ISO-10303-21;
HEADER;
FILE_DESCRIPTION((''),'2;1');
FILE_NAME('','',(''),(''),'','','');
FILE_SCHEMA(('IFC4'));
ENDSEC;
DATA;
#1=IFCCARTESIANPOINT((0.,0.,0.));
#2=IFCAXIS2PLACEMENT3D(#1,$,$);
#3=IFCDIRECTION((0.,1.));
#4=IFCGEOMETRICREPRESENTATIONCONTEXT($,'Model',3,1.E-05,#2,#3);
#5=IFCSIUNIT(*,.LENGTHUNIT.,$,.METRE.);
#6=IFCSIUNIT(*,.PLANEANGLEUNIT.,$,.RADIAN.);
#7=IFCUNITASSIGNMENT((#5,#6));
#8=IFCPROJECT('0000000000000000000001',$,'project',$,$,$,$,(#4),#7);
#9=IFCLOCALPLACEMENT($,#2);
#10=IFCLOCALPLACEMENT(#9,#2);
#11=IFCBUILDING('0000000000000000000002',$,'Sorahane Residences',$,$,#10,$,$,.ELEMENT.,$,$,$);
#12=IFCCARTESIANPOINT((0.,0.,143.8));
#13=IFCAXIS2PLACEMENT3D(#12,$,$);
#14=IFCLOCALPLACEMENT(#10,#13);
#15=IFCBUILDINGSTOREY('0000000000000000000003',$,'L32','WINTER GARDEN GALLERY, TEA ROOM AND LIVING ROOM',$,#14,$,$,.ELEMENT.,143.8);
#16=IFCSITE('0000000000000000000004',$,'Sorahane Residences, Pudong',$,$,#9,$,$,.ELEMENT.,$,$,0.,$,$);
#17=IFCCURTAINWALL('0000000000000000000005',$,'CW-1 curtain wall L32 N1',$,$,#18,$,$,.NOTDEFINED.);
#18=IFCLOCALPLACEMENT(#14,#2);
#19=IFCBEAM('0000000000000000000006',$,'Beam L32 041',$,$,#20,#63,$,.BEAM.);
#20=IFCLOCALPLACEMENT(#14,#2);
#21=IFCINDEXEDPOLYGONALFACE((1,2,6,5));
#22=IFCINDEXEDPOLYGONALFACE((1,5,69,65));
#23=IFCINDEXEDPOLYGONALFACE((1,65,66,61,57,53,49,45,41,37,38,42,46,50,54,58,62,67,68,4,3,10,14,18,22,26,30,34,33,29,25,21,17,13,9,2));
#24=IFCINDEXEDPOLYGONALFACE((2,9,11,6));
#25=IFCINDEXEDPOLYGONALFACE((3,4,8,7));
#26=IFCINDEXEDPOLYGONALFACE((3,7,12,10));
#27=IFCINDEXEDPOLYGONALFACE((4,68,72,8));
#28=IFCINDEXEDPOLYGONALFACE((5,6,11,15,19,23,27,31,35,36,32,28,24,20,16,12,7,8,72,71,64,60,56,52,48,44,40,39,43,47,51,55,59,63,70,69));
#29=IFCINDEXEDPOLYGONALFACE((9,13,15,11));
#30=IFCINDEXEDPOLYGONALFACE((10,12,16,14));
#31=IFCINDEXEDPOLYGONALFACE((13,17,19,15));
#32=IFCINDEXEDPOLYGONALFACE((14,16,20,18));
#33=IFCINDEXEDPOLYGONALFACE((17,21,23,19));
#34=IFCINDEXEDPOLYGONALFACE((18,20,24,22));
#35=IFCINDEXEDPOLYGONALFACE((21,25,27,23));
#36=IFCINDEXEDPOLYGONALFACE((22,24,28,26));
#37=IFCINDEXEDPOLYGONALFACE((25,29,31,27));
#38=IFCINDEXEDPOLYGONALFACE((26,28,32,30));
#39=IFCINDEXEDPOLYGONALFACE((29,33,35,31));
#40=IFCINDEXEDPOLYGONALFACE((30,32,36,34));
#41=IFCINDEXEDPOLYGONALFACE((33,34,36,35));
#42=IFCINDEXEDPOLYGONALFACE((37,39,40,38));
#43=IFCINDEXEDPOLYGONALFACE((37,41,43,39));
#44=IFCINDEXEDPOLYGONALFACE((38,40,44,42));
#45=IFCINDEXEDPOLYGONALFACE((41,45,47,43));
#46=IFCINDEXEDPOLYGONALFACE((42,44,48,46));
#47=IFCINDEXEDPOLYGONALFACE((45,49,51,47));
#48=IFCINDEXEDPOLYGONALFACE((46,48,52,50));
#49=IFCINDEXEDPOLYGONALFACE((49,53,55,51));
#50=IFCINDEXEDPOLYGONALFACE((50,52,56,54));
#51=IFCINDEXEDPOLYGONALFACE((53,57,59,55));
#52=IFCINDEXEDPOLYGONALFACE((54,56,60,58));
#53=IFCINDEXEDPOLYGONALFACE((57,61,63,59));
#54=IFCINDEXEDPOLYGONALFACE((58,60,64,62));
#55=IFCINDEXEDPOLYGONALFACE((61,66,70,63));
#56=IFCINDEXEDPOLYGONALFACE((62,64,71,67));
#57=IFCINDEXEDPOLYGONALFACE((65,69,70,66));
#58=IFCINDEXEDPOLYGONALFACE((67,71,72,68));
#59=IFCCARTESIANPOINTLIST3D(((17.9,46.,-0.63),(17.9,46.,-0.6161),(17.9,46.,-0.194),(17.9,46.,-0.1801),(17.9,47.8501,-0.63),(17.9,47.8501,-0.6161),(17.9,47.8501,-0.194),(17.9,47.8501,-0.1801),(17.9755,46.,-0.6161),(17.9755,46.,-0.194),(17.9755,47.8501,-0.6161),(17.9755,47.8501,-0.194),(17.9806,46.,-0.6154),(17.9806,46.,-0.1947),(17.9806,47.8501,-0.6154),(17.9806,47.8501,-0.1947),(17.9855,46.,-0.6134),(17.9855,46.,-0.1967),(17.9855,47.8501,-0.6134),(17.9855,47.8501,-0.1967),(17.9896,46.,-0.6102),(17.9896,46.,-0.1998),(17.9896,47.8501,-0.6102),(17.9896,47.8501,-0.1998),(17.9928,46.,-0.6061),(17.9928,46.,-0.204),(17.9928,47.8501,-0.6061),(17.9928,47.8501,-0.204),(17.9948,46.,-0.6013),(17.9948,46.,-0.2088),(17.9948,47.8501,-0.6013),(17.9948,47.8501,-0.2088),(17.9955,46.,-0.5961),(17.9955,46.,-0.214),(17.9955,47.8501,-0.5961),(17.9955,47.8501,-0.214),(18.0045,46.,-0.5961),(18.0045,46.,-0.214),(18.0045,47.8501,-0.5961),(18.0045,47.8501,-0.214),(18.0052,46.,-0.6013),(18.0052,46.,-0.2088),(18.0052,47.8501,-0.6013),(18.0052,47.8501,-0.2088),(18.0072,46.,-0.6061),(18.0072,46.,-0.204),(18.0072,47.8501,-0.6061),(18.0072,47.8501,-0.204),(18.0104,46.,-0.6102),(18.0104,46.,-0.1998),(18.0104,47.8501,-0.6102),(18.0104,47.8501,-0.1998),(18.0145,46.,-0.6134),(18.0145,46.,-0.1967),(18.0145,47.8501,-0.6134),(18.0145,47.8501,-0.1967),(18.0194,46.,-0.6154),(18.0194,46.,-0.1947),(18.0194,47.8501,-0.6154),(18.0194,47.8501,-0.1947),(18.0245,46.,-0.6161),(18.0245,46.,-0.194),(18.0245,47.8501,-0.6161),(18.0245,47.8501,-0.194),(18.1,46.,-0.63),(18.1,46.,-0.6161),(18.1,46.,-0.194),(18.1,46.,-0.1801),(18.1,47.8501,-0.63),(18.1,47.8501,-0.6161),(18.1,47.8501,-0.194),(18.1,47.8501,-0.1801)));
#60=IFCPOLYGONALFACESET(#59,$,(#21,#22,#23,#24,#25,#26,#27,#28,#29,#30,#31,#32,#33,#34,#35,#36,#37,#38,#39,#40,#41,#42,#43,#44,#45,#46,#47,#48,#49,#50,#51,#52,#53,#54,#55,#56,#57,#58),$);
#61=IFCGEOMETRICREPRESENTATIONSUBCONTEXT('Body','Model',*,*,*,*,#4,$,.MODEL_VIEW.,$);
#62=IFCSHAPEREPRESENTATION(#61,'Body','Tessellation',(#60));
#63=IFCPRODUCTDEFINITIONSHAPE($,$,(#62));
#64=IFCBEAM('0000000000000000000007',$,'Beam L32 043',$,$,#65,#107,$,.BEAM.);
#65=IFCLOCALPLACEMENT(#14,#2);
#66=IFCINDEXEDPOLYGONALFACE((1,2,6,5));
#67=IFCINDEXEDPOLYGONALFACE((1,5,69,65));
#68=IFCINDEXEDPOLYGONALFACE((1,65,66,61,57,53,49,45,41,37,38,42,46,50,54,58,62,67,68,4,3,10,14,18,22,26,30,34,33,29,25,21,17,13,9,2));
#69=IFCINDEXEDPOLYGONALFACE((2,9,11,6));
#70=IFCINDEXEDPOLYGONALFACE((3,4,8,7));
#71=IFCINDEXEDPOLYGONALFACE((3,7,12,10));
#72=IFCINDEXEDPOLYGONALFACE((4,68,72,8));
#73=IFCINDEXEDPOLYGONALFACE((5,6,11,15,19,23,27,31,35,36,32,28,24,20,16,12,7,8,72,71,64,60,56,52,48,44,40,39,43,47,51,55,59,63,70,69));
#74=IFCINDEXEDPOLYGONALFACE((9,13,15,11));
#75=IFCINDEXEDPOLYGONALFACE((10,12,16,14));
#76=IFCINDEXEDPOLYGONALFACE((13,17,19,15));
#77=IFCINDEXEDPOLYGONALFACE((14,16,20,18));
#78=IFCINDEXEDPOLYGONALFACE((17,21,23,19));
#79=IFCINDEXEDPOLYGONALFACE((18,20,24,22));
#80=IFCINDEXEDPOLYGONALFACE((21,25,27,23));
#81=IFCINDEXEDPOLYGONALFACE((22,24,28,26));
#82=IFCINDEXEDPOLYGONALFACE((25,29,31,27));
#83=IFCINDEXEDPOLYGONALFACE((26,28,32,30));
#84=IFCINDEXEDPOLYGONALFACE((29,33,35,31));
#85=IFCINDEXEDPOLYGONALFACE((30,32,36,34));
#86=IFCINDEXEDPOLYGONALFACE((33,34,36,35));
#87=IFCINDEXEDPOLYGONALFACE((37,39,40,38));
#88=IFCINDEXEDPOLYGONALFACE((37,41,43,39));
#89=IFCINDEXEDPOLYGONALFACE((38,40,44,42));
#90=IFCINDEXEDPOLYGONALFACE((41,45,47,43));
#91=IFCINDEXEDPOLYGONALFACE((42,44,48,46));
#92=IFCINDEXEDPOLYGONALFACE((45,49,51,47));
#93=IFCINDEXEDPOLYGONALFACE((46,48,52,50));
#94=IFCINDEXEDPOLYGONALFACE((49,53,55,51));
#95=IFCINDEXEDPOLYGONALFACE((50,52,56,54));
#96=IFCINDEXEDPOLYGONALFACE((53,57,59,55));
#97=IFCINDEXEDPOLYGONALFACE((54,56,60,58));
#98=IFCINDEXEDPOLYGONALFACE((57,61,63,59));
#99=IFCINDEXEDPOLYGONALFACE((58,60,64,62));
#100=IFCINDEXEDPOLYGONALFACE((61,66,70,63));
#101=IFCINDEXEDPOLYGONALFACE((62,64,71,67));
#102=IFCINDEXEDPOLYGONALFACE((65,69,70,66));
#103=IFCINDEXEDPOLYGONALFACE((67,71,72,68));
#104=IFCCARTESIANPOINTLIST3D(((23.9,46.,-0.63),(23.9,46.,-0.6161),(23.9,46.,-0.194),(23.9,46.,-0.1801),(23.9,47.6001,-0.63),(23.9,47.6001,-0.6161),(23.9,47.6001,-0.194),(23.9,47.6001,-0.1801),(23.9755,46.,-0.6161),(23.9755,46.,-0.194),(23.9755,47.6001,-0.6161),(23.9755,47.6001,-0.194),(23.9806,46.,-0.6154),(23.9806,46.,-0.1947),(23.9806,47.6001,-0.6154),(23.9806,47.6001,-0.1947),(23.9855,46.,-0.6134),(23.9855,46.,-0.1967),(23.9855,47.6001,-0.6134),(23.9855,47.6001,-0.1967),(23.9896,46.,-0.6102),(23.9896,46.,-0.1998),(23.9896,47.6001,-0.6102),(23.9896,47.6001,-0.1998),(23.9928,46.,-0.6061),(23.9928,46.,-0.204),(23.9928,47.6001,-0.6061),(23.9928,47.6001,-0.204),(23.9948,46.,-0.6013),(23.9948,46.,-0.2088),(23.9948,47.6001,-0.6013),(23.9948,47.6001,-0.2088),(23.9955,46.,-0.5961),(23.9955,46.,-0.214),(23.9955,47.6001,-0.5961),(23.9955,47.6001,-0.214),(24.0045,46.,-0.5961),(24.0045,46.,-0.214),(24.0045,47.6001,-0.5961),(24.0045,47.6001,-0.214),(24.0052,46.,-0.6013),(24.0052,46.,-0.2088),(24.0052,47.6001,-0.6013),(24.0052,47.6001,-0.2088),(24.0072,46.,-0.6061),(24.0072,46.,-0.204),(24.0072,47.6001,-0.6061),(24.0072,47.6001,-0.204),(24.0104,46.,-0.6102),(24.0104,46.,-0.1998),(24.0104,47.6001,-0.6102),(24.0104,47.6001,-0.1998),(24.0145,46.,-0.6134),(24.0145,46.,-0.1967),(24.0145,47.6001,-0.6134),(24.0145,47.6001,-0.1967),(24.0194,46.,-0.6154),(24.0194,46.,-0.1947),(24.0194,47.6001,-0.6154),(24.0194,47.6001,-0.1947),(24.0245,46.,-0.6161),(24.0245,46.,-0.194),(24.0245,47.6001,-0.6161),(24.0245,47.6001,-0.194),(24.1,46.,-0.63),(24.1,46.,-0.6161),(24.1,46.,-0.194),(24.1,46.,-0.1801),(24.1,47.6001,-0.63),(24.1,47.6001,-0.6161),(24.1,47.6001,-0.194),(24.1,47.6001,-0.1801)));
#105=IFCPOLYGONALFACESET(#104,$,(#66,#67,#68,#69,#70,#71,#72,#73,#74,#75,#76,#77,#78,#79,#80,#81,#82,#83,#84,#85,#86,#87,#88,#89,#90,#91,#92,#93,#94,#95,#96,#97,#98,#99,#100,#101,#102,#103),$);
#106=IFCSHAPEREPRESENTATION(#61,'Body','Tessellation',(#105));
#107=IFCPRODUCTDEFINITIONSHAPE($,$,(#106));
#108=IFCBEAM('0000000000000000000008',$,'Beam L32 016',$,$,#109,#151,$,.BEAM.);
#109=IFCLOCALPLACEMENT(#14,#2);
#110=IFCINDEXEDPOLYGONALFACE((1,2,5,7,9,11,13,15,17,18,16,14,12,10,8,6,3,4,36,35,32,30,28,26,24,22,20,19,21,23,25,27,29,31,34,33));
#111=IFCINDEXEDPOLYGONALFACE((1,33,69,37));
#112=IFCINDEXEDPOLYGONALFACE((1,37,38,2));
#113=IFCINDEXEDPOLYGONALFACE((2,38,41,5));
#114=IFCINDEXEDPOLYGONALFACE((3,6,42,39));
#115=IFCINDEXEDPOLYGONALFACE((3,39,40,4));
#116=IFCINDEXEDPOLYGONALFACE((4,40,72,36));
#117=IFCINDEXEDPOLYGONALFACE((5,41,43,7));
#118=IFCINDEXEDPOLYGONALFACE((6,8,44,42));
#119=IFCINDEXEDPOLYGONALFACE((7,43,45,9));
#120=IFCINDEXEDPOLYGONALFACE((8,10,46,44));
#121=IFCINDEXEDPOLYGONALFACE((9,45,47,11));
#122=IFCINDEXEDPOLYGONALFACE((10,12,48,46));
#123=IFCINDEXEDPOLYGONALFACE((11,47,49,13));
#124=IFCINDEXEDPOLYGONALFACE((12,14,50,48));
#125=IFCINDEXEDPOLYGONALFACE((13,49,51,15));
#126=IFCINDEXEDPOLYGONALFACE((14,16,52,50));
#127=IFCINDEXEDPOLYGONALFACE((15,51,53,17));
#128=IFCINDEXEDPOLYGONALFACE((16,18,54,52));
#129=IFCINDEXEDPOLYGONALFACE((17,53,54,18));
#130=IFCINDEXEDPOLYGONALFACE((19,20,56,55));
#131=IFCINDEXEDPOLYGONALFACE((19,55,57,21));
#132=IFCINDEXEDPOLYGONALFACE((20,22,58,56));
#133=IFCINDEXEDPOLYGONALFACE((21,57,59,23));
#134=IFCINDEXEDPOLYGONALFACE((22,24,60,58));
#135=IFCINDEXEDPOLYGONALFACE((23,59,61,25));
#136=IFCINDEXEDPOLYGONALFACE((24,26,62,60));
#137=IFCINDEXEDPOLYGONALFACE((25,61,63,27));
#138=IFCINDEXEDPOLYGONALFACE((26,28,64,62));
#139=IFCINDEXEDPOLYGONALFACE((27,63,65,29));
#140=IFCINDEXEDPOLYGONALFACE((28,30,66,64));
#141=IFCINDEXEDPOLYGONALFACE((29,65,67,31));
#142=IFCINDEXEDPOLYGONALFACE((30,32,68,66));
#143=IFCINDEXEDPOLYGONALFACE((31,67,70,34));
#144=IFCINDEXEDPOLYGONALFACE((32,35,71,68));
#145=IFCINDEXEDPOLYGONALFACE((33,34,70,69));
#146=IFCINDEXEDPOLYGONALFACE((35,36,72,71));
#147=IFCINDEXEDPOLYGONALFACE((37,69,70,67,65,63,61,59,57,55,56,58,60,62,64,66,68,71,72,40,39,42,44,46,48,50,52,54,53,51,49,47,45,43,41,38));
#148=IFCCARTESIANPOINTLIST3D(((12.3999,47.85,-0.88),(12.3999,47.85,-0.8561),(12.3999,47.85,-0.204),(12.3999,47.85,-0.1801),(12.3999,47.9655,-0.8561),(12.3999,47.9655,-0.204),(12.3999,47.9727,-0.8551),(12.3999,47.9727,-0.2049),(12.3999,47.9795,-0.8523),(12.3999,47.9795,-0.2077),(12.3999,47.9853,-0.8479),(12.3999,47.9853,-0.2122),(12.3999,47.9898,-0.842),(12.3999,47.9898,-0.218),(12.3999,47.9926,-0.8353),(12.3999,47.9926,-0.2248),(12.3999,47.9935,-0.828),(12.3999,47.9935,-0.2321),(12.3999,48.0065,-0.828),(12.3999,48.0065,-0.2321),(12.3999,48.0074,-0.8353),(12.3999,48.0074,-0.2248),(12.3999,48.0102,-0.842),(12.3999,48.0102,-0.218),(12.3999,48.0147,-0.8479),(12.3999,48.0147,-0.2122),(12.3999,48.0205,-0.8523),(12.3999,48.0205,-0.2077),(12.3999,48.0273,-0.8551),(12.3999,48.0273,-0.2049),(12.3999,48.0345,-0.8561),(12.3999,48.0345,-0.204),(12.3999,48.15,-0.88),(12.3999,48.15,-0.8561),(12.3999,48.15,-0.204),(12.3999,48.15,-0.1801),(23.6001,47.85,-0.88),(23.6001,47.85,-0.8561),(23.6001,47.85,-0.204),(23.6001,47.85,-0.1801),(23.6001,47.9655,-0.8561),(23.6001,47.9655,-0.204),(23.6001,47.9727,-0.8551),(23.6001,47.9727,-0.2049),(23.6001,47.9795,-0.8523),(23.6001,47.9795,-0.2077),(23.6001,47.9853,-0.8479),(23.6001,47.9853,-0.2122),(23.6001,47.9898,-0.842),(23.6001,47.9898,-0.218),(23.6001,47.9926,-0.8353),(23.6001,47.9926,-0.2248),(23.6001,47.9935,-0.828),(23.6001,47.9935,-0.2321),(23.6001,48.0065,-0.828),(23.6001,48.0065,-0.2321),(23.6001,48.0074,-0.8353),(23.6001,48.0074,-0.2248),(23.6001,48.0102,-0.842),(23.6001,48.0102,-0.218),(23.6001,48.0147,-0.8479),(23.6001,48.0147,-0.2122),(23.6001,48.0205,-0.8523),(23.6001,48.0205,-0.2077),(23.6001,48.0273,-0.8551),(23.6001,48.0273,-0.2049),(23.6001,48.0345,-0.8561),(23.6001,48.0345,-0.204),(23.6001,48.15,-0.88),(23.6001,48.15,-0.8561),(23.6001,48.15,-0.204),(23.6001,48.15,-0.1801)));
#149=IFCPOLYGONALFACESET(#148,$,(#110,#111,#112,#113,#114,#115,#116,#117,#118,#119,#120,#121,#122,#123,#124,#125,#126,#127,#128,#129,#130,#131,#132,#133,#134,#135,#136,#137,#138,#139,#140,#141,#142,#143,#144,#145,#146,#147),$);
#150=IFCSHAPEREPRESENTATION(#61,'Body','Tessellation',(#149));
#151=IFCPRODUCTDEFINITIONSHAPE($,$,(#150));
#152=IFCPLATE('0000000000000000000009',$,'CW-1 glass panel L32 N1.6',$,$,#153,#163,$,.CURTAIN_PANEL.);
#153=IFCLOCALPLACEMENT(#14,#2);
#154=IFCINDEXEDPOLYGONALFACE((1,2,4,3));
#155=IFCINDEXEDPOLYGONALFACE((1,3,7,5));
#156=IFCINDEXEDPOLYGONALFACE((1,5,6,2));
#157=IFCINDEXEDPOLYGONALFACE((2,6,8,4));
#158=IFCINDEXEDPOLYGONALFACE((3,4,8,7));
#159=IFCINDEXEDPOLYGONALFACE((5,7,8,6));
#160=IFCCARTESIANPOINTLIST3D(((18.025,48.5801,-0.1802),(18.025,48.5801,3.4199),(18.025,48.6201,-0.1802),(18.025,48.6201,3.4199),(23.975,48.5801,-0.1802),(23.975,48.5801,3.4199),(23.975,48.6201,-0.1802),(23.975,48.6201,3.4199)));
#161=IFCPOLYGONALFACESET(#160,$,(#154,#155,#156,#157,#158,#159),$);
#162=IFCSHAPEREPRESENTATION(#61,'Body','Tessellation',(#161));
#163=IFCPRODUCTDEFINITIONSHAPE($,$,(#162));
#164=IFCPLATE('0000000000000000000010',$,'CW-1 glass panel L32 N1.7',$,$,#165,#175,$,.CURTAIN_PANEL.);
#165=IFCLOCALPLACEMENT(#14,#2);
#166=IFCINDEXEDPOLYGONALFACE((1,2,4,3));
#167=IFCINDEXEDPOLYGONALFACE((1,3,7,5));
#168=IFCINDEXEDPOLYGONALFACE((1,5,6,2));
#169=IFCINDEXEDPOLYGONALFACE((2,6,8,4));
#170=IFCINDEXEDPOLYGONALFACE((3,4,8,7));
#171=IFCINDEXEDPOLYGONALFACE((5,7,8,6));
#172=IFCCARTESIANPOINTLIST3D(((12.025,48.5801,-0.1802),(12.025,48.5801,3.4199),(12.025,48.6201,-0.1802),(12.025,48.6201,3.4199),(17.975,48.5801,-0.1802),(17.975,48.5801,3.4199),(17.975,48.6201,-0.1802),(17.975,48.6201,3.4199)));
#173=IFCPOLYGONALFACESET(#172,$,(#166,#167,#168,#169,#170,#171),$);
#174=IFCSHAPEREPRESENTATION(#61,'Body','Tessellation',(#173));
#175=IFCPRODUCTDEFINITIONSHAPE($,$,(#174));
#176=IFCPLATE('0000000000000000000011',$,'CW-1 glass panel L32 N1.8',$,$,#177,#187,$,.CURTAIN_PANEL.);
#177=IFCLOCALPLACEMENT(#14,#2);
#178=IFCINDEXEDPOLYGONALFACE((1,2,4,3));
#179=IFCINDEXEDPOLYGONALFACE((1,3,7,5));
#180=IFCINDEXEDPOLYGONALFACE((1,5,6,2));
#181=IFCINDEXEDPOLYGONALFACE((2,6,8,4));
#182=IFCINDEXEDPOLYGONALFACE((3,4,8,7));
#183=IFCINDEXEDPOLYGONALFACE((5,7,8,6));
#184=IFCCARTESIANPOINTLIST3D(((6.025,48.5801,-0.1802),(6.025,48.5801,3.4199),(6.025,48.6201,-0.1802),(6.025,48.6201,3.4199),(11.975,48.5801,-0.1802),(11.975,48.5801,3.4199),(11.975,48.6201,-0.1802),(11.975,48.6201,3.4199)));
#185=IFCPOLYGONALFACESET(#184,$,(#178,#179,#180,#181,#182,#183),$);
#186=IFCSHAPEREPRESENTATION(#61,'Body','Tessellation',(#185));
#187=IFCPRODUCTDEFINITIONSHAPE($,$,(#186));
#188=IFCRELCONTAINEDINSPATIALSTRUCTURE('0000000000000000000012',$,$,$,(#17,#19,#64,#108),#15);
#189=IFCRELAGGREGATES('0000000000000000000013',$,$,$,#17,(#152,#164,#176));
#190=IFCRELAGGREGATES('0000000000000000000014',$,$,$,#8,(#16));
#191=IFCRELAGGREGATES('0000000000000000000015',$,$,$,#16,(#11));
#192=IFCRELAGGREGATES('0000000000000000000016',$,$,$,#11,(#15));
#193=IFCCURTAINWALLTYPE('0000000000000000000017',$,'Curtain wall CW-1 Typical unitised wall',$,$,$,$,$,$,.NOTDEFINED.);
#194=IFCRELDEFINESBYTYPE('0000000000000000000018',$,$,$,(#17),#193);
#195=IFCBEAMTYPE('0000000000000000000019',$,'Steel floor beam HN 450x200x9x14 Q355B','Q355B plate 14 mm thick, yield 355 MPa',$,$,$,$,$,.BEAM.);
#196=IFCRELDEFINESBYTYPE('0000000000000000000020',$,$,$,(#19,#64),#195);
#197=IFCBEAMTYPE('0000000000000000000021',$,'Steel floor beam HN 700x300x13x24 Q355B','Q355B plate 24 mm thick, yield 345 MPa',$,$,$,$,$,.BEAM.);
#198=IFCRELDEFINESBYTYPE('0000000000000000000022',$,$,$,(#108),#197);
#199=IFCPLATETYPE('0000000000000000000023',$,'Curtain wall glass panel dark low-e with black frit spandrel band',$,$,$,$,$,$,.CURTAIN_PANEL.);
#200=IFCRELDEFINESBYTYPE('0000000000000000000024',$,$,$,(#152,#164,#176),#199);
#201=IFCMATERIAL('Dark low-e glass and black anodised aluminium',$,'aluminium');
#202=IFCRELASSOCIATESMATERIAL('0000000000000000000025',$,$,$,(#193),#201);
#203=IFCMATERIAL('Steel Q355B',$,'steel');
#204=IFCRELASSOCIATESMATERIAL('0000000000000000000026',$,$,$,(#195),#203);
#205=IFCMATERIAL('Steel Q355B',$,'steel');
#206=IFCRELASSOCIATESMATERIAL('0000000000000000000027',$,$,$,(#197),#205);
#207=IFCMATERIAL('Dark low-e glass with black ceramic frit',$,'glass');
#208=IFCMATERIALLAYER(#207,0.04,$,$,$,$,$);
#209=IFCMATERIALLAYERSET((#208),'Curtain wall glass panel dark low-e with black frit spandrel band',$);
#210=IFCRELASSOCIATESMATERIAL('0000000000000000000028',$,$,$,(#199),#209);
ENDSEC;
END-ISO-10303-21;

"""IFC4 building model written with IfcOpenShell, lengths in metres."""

from ifc_helpers import new_model, si_unit, direction, frame, origin, origin_2d, place, context, subcontext, project, spatial, rectangle, i_section, extrude, material, layer, layer_set, material_profile, profile_set, type_object, element, aggregate, save


model = new_model("IFC4")

# Units and contexts
model_context = context("Model", 3, precision=1e-05, world=origin(), true_north=direction((0.0, 1.0)))
body_context = subcontext(model_context, "Body", "Model", "MODEL_VIEW")
ifc_project = project(units=[si_unit("LENGTHUNIT", "METRE"), si_unit("PLANEANGLEUNIT", "RADIAN")], contexts=[model_context])

# Site, building, storey
site_placement = place(None, origin())
site = spatial("IfcSite", under=ifc_project, at=site_placement, Name="Sorahane Residences, Pudong", CompositionType="ELEMENT", RefElevation=0.0)
building_placement = place(site_placement, origin())
building = spatial("IfcBuilding", under=site, at=building_placement, Name="Sorahane Residences", CompositionType="ELEMENT")
storey_placement = place(building_placement, frame((0.0, 0.0, 143.8)))
storey = spatial("IfcBuildingStorey", under=building, at=storey_placement, Name="L32", Description="WINTER GARDEN GALLERY, TEA ROOM AND LIVING ROOM", CompositionType="ELEMENT", Elevation=143.8)

# Curtain wall
ifc_material_1 = material(Name="Dark low-e glass and black anodised aluminium", Category="aluminium")
curtain_wall_type = type_object("IfcCurtainWallType", Name="Curtain wall CW-1 Typical unitised wall", PredefinedType="NOTDEFINED", material=ifc_material_1)
curtain_wall_placement = place(storey_placement, origin())
curtain_wall = element("IfcCurtainWall", 1, at=curtain_wall_placement, inside=storey, type_object=curtain_wall_type, Name="CW-1 curtain wall L32 N1", PredefinedType="NOTDEFINED")

# Beams
ifc_material_2 = material(Name="Steel Q355B", Category="steel")
ifc_material_profile_1 = material_profile(ifc_material_2, i_section(OverallWidth=0.2, OverallDepth=0.45, WebThickness=0.009, FlangeThickness=0.0139, FilletRadius=0.02, at=origin_2d()), Name="HN 450x200x9x14")
ifc_profile_set_1 = profile_set([ifc_material_profile_1], Name="Steel Q355B")
beam_type_1 = type_object("IfcBeamType", Name="Steel floor beam HN 450x200x9x14 Q355B", Description="Q355B plate 14 mm thick, yield 355 MPa", PredefinedType="BEAM", material=ifc_profile_set_1)
beam_1_placement = place(storey_placement, frame((18.0, 46.0, -0.405), z_axis=(0.0, 1.0, 0.0), x_axis=(-1.0, 0.0, 0.0)))
element("IfcBeam", 2, at=beam_1_placement, inside=storey, type_object=beam_type_1, Name="Beam L32 041", PredefinedType="BEAM", context=body_context, shape_type="SweptSolid", body=[
    extrude(i_section(OverallWidth=0.2, OverallDepth=0.45, WebThickness=0.009, FlangeThickness=0.0139, FilletRadius=0.02, at=origin_2d()), origin(), (0.0, 0.0, 1.0), 1.8501),
])
beam_2_placement = place(storey_placement, frame((24.0, 46.0, -0.405), z_axis=(0.0, 1.0, 0.0), x_axis=(-1.0, 0.0, 0.0)))
element("IfcBeam", 3, at=beam_2_placement, inside=storey, type_object=beam_type_1, Name="Beam L32 043", PredefinedType="BEAM", context=body_context, shape_type="SweptSolid", body=[
    extrude(i_section(OverallWidth=0.2, OverallDepth=0.45, WebThickness=0.009, FlangeThickness=0.0139, FilletRadius=0.02, at=origin_2d()), origin(), (0.0, 0.0, 1.0), 1.6001),
])
ifc_material_3 = material(Name="Steel Q355B", Category="steel")
ifc_material_profile_2 = material_profile(ifc_material_3, i_section(OverallWidth=0.3, OverallDepth=0.7, WebThickness=0.0129, FlangeThickness=0.0239, FilletRadius=0.0281, at=origin_2d()), Name="HN 700x300x13x24")
ifc_profile_set_2 = profile_set([ifc_material_profile_2], Name="Steel Q355B")
beam_type_2 = type_object("IfcBeamType", Name="Steel floor beam HN 700x300x13x24 Q355B", Description="Q355B plate 24 mm thick, yield 345 MPa", PredefinedType="BEAM", material=ifc_profile_set_2)
beam_3_placement = place(storey_placement, frame((12.3999, 48.0, -0.53), z_axis=(1.0, 0.0, 0.0), x_axis=(0.0, 1.0, 0.0)))
element("IfcBeam", 4, at=beam_3_placement, inside=storey, type_object=beam_type_2, Name="Beam L32 016", PredefinedType="BEAM", context=body_context, shape_type="SweptSolid", body=[
    extrude(i_section(OverallWidth=0.3, OverallDepth=0.7, WebThickness=0.0129, FlangeThickness=0.0239, FilletRadius=0.0281, at=origin_2d()), origin(), (0.0, 0.0, 1.0), 11.2002),
])

# Plates
ifc_material_4 = material(Name="Dark low-e glass with black ceramic frit", Category="glass")
ifc_layer_1 = layer(ifc_material_4, 0.04)
ifc_layer_set_1 = layer_set([ifc_layer_1], Name="Curtain wall glass panel dark low-e with black frit spandrel band")
plate_type = type_object("IfcPlateType", Name="Curtain wall glass panel dark low-e with black frit spandrel band", PredefinedType="CURTAIN_PANEL", material=ifc_layer_set_1)
plate_1_placement = place(storey_placement, frame((21.0, 48.6001, -0.1802), z_axis=(0.0, 0.0, 1.0), x_axis=(-1.0, 0.0, 0.0)))
plate_1 = element("IfcPlate", 5, at=plate_1_placement, type_object=plate_type, Name="CW-1 glass panel L32 N1.6", PredefinedType="CURTAIN_PANEL", context=body_context, shape_type="SweptSolid", body=[
    extrude(rectangle(XDim=5.95, YDim=0.04, at=origin_2d()), origin(), (0.0, 0.0, 1.0), 3.6001),
])
plate_2_placement = place(storey_placement, frame((15.0, 48.6001, -0.1802), z_axis=(0.0, 0.0, 1.0), x_axis=(-1.0, 0.0, 0.0)))
plate_2 = element("IfcPlate", 6, at=plate_2_placement, type_object=plate_type, Name="CW-1 glass panel L32 N1.7", PredefinedType="CURTAIN_PANEL", context=body_context, shape_type="SweptSolid", body=[
    extrude(rectangle(XDim=5.95, YDim=0.04, at=origin_2d()), origin(), (0.0, 0.0, 1.0), 3.6001),
])
plate_3_placement = place(storey_placement, frame((9.0, 48.6001, -0.1802), z_axis=(0.0, 0.0, 1.0), x_axis=(-1.0, 0.0, 0.0)))
plate_3 = element("IfcPlate", 7, at=plate_3_placement, type_object=plate_type, Name="CW-1 glass panel L32 N1.8", PredefinedType="CURTAIN_PANEL", context=body_context, shape_type="SweptSolid", body=[
    extrude(rectangle(XDim=5.95, YDim=0.04, at=origin_2d()), origin(), (0.0, 0.0, 1.0), 3.6001),
])
aggregate(curtain_wall, [plate_1, plate_2, plate_3])

save(model, "model.ifc")
